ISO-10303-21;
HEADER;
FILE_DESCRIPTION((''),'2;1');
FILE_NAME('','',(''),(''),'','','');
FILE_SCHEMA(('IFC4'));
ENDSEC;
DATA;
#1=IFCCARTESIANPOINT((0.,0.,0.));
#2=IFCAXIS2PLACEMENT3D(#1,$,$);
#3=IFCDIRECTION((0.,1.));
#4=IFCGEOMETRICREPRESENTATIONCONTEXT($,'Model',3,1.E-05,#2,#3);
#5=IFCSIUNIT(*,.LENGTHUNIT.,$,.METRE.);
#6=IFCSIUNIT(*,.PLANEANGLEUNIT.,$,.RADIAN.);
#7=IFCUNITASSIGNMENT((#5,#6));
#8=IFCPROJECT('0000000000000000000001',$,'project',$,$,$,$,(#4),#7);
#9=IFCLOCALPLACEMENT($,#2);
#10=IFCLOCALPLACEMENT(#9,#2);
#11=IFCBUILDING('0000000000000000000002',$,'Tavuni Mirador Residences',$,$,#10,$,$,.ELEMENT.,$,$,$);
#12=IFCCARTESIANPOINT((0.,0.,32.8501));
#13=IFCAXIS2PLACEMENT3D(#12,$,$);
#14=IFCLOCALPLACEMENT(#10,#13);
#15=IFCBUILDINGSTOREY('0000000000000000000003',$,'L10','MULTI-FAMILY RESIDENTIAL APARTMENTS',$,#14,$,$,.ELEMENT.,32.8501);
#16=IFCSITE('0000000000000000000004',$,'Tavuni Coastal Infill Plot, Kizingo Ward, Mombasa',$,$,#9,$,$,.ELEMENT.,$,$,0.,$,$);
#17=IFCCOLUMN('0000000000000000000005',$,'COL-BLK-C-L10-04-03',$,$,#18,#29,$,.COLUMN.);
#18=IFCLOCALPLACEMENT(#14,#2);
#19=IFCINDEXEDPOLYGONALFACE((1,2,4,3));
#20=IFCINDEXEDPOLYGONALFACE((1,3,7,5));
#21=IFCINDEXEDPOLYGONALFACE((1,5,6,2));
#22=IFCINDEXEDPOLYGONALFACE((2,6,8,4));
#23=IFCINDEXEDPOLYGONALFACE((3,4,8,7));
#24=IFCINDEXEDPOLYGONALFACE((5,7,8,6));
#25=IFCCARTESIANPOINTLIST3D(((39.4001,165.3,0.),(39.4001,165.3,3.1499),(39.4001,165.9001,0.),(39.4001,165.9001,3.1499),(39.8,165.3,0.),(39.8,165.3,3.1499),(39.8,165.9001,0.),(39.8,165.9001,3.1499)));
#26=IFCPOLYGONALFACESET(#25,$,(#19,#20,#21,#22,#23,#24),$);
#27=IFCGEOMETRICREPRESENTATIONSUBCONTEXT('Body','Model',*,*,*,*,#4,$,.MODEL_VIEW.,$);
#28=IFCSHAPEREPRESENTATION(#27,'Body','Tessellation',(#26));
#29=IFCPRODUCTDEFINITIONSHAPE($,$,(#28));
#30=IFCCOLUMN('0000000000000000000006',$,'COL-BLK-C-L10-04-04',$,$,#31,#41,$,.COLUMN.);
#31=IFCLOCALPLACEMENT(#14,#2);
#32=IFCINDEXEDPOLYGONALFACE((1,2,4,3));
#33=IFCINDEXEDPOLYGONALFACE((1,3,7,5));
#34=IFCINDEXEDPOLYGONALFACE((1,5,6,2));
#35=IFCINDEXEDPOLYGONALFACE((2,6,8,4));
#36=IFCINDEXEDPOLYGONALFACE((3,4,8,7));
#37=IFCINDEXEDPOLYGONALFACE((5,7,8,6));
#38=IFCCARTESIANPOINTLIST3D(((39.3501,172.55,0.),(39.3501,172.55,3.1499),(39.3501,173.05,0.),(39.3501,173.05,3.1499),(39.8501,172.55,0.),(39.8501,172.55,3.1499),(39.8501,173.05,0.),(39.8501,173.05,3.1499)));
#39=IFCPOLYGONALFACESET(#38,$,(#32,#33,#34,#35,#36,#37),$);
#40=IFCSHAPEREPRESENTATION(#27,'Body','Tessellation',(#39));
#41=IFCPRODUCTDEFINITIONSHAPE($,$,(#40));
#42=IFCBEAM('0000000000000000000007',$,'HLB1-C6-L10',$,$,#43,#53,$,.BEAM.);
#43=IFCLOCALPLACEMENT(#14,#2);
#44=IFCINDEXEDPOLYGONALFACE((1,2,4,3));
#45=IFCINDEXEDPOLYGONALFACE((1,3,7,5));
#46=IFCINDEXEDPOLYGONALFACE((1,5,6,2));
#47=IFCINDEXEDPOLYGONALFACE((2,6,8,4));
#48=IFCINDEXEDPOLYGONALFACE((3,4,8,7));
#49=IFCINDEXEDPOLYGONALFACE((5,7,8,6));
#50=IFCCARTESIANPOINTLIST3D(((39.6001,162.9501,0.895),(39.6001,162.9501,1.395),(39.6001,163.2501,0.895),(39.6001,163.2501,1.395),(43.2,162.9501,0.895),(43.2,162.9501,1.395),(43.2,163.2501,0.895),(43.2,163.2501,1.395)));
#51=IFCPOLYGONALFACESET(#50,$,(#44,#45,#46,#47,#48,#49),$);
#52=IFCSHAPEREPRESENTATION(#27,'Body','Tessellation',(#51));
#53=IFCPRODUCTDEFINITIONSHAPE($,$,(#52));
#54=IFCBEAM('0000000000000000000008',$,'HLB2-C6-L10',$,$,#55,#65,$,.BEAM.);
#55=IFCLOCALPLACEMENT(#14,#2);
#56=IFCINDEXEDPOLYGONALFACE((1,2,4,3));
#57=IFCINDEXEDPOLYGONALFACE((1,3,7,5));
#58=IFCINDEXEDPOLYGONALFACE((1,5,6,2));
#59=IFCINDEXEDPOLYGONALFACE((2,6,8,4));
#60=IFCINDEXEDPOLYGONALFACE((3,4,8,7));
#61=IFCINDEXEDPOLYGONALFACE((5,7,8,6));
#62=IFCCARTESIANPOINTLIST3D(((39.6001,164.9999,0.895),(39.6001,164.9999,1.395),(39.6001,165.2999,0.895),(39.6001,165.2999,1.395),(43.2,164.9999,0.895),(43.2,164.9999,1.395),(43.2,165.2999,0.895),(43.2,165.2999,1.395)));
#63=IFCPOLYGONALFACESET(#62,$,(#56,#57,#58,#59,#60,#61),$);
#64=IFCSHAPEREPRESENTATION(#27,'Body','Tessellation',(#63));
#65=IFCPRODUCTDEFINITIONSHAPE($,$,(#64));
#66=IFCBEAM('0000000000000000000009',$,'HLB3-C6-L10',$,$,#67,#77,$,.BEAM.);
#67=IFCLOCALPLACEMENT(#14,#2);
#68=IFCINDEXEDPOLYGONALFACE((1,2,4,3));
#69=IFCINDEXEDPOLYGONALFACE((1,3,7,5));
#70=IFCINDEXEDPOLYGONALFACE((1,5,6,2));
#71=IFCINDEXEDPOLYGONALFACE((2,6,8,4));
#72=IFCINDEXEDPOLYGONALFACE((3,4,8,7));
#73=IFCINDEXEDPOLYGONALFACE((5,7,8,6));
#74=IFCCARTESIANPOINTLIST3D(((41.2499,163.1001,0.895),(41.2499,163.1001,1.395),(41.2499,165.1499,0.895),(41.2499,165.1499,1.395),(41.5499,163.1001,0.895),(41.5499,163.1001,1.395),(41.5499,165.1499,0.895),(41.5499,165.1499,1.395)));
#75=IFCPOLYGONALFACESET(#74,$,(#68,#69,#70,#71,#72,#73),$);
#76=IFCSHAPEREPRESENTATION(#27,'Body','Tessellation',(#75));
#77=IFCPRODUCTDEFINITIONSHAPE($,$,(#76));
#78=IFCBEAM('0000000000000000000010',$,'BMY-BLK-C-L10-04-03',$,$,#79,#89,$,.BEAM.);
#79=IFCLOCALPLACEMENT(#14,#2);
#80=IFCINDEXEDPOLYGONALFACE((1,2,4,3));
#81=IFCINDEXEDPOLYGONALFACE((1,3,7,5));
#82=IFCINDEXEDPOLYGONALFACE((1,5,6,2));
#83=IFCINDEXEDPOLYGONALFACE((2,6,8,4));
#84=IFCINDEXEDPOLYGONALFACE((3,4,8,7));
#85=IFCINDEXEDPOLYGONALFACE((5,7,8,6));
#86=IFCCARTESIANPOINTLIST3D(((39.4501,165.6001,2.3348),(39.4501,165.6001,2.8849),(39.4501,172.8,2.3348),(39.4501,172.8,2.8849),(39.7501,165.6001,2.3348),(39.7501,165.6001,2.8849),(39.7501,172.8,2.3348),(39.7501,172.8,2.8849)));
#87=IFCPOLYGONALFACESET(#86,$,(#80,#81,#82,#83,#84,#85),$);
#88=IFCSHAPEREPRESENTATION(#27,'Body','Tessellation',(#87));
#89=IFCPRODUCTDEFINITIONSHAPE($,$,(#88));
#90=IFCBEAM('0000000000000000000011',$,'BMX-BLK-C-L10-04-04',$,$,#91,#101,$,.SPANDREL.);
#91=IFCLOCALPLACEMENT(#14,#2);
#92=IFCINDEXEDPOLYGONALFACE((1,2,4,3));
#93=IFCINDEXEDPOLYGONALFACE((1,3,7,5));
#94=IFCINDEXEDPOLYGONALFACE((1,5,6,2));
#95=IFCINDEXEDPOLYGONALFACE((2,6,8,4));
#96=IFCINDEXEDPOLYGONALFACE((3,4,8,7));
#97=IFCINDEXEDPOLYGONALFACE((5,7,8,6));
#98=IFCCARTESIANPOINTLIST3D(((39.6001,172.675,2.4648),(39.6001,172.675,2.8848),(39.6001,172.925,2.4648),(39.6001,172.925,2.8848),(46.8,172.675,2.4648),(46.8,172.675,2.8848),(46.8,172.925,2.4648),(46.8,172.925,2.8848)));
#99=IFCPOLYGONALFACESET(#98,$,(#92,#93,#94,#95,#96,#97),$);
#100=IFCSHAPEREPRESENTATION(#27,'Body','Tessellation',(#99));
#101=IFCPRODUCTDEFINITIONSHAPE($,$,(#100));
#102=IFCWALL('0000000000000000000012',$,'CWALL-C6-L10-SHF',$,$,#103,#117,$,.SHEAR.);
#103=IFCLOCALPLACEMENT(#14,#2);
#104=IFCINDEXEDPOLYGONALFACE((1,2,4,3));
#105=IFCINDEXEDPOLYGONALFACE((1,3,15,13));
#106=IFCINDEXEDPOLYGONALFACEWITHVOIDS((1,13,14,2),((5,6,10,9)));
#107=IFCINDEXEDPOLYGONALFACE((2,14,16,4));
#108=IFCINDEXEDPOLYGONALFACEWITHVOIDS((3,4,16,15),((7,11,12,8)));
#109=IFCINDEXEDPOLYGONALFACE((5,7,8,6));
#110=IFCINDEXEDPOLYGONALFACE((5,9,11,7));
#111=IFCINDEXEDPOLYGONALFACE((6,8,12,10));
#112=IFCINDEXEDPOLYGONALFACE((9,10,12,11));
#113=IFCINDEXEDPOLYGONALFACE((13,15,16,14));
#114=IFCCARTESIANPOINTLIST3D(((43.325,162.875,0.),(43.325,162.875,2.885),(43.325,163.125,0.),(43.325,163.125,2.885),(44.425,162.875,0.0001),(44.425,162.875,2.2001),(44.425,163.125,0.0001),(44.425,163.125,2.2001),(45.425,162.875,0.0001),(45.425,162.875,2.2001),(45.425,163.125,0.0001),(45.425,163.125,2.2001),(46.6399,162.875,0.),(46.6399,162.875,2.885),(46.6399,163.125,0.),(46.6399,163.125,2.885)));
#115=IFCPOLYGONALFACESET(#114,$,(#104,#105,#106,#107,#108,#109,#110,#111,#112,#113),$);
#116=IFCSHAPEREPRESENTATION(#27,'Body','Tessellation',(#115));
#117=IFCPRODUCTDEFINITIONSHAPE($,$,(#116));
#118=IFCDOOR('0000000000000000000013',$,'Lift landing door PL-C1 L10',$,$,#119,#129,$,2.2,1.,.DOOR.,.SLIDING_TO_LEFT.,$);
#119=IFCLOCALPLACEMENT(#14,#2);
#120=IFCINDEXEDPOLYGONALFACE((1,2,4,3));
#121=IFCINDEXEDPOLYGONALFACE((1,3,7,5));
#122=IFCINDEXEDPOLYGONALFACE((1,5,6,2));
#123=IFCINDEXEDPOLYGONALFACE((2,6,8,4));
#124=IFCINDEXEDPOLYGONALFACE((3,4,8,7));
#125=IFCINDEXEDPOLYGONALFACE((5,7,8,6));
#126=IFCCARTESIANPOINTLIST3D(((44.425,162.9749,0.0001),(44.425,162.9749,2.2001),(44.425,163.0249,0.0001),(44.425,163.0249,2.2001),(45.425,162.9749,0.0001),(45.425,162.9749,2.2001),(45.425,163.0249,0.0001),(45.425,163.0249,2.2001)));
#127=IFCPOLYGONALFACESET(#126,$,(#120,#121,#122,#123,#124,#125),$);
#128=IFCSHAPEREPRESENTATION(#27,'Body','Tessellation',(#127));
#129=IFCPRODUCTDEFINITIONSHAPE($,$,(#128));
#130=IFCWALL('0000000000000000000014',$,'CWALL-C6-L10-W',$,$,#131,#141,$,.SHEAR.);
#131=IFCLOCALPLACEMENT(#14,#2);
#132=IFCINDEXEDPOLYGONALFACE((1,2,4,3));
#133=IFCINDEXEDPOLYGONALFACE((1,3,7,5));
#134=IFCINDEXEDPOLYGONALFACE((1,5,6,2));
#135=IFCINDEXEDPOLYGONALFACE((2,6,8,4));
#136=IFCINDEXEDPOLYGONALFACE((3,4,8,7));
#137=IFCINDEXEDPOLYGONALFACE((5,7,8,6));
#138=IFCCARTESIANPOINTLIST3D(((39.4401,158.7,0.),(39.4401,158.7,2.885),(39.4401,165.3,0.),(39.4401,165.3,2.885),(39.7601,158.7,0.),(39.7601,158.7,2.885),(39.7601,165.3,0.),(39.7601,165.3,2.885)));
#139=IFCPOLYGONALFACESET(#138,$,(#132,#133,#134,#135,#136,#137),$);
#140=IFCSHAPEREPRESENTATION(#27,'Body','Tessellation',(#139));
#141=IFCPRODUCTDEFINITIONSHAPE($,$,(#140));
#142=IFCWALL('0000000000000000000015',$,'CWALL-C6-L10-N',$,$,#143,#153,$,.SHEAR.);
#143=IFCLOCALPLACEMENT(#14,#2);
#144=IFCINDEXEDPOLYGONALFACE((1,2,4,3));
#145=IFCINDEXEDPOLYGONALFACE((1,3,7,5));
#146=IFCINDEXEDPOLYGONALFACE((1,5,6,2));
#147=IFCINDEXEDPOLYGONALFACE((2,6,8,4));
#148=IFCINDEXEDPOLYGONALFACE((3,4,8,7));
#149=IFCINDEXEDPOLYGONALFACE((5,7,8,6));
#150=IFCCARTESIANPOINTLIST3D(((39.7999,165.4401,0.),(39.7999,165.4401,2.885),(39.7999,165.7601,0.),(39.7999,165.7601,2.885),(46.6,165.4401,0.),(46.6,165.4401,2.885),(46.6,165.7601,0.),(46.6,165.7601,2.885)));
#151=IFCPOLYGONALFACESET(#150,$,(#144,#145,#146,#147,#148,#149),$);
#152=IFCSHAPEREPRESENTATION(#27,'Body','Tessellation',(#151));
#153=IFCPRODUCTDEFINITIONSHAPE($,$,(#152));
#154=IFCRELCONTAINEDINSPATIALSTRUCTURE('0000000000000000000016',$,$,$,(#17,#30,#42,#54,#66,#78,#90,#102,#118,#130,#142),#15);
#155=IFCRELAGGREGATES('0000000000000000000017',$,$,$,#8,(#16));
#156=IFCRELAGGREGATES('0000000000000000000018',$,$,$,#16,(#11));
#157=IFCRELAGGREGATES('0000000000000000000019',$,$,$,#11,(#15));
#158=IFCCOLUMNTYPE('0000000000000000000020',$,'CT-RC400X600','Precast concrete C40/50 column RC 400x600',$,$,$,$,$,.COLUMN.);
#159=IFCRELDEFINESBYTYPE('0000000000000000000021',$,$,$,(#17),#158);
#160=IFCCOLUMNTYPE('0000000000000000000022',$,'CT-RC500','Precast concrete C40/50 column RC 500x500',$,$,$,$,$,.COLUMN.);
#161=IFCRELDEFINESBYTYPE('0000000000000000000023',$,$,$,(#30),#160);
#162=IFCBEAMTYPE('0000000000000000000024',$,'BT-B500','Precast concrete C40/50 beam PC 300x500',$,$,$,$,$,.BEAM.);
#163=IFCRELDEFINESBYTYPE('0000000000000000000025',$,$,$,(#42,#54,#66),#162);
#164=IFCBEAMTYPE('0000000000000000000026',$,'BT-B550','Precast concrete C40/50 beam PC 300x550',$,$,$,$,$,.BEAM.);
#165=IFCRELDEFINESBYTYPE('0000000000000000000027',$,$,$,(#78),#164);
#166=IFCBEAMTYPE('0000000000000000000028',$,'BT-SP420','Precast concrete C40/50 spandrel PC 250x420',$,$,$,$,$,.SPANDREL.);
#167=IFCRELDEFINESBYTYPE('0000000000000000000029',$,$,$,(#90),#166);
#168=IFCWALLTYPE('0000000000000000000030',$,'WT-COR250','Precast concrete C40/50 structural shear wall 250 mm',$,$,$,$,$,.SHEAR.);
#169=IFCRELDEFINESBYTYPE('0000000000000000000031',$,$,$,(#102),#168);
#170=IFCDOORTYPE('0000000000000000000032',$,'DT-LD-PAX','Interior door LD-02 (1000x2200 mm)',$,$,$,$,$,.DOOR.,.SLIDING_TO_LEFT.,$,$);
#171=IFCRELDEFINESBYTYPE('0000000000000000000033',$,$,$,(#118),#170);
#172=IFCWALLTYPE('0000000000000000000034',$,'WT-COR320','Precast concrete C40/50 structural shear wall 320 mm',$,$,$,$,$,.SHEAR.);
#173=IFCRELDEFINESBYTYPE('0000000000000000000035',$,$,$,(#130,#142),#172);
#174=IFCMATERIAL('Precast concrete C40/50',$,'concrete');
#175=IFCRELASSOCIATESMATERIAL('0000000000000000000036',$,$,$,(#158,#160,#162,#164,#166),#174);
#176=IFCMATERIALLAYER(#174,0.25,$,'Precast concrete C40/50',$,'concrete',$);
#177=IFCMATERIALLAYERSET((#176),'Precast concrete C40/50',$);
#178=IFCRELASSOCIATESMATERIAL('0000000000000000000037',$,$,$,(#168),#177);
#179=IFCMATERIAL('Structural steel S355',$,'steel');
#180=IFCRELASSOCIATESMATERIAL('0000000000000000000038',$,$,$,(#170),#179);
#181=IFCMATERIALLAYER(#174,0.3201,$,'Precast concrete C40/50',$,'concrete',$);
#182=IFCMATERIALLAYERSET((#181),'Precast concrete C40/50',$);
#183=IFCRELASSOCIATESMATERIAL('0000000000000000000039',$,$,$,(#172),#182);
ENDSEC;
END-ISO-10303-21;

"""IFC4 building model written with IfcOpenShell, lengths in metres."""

from ifc_helpers import new_model, si_unit, direction, frame, frame_2d, origin, origin_2d, place, context, subcontext, project, spatial, rectangle, extrude, material, layer, layer_set, material_profile, profile_set, type_object, element, fill, save


model = new_model("IFC4")

# Units and contexts
model_context = context("Model", 3, precision=1e-05, world=origin(), true_north=direction((0.0, 1.0)))
body_context = subcontext(model_context, "Body", "Model", "MODEL_VIEW")
ifc_project = project(units=[si_unit("LENGTHUNIT", "METRE"), si_unit("PLANEANGLEUNIT", "RADIAN")], contexts=[model_context])

# Site, building, storey
site_placement = place(None, origin())
site = spatial("IfcSite", under=ifc_project, at=site_placement, Name="Tavuni Coastal Infill Plot, Kizingo Ward, Mombasa", CompositionType="ELEMENT", RefElevation=0.0)
building_placement = place(site_placement, origin())
building = spatial("IfcBuilding", under=site, at=building_placement, Name="Tavuni Mirador Residences", CompositionType="ELEMENT")
storey_placement = place(building_placement, frame((0.0, 0.0, 32.8501)))
storey = spatial("IfcBuildingStorey", under=building, at=storey_placement, Name="L10", Description="MULTI-FAMILY RESIDENTIAL APARTMENTS", CompositionType="ELEMENT", Elevation=32.8501)

# Columns
ifc_material_1 = material(Name="Precast concrete C40/50", Category="concrete")
ifc_material_profile_1 = material_profile(ifc_material_1, rectangle(XDim=0.3999, YDim=0.6001, at=origin_2d()), Name="RC 400x600", Category="concrete")
ifc_profile_set_1 = profile_set([ifc_material_profile_1], Name="Precast concrete C40/50")
column_type_1 = type_object("IfcColumnType", Name="CT-RC400X600", Description="Precast concrete C40/50 column RC 400x600", PredefinedType="COLUMN", material=ifc_profile_set_1)
column_1_placement = place(storey_placement, frame((39.6001, 165.6001, 0.0), z_axis=(0.0, 0.0, 1.0), x_axis=(1.0, 0.0, 0.0)))
element("IfcColumn", 1, at=column_1_placement, inside=storey, type_object=column_type_1, Name="COL-BLK-C-L10-04-03", PredefinedType="COLUMN", context=body_context, shape_type="SweptSolid", body=[
    extrude(rectangle(XDim=0.3999, YDim=0.6001, at=origin_2d()), origin(), (0.0, 0.0, 1.0), 3.1499),
])
ifc_material_profile_2 = material_profile(ifc_material_1, rectangle(XDim=0.5, YDim=0.5, at=origin_2d()), Name="RC 500x500", Category="concrete")
ifc_profile_set_2 = profile_set([ifc_material_profile_2], Name="Precast concrete C40/50")
column_type_2 = type_object("IfcColumnType", Name="CT-RC500", Description="Precast concrete C40/50 column RC 500x500", PredefinedType="COLUMN", material=ifc_profile_set_2)
column_2_placement = place(storey_placement, frame((39.6001, 172.8, 0.0), z_axis=(0.0, 0.0, 1.0), x_axis=(1.0, 0.0, 0.0)))
element("IfcColumn", 2, at=column_2_placement, inside=storey, type_object=column_type_2, Name="COL-BLK-C-L10-04-04", PredefinedType="COLUMN", context=body_context, shape_type="SweptSolid", body=[
    extrude(rectangle(XDim=0.5, YDim=0.5, at=origin_2d()), origin(), (0.0, 0.0, 1.0), 3.1499),
])

# Beams
ifc_material_profile_3 = material_profile(ifc_material_1, rectangle(XDim=0.3, YDim=0.5, at=origin_2d()), Name="PC 300x500", Category="concrete")
ifc_profile_set_3 = profile_set([ifc_material_profile_3], Name="Precast concrete C40/50")
beam_type_1 = type_object("IfcBeamType", Name="BT-B500", Description="Precast concrete C40/50 beam PC 300x500", PredefinedType="BEAM", material=ifc_profile_set_3)
for number, where, z_axis, x_axis, name in (
    (3, (39.6001, 163.1001, 1.145), (1.0, 0.0, 0.0), (0.0, 1.0, 0.0), "HLB1-C6-L10"),
    (4, (39.6001, 165.1499, 1.145), (1.0, 0.0, 0.0), (0.0, 1.0, 0.0), "HLB2-C6-L10"),
):
    element("IfcBeam", number, at=place(storey_placement, frame(where, z_axis=z_axis, x_axis=x_axis)), inside=storey, type_object=beam_type_1, Name=name, PredefinedType="BEAM", context=body_context, shape_type="SweptSolid", body=[
        extrude(rectangle(XDim=0.3, YDim=0.5, at=origin_2d()), origin(), (0.0, 0.0, 1.0), 3.5999),
    ])
beam_1_placement = place(storey_placement, frame((41.3999, 163.1001, 1.145), z_axis=(0.0, 1.0, 0.0), x_axis=(-1.0, 0.0, 0.0)))
element("IfcBeam", 5, at=beam_1_placement, inside=storey, type_object=beam_type_1, Name="HLB3-C6-L10", PredefinedType="BEAM", context=body_context, shape_type="SweptSolid", body=[
    extrude(rectangle(XDim=0.3, YDim=0.5, at=origin_2d()), origin(), (0.0, 0.0, 1.0), 2.0498),
])
ifc_material_profile_4 = material_profile(ifc_material_1, rectangle(XDim=0.3, YDim=0.55, at=origin_2d()), Name="PC 300x550", Category="concrete")
ifc_profile_set_4 = profile_set([ifc_material_profile_4], Name="Precast concrete C40/50")
beam_type_2 = type_object("IfcBeamType", Name="BT-B550", Description="Precast concrete C40/50 beam PC 300x550", PredefinedType="BEAM", material=ifc_profile_set_4)
beam_2_placement = place(storey_placement, frame((39.6001, 165.6001, 2.6099), z_axis=(0.0, 1.0, 0.0), x_axis=(-1.0, 0.0, 0.0)))
element("IfcBeam", 6, at=beam_2_placement, inside=storey, type_object=beam_type_2, Name="BMY-BLK-C-L10-04-03", PredefinedType="BEAM", context=body_context, shape_type="SweptSolid", body=[
    extrude(rectangle(XDim=0.3, YDim=0.55, at=origin_2d()), origin(), (0.0, 0.0, 1.0), 7.2),
])
ifc_material_profile_5 = material_profile(ifc_material_1, rectangle(XDim=0.25, YDim=0.4199, at=origin_2d()), Name="PC 250x420", Category="concrete")
ifc_profile_set_5 = profile_set([ifc_material_profile_5], Name="Precast concrete C40/50")
beam_type_3 = type_object("IfcBeamType", Name="BT-SP420", Description="Precast concrete C40/50 spandrel PC 250x420", PredefinedType="SPANDREL", material=ifc_profile_set_5)
beam_3_placement = place(storey_placement, frame((39.6001, 172.8, 2.6748), z_axis=(1.0, 0.0, 0.0), x_axis=(0.0, 1.0, 0.0)))
element("IfcBeam", 7, at=beam_3_placement, inside=storey, type_object=beam_type_3, Name="BMX-BLK-C-L10-04-04", PredefinedType="SPANDREL", context=body_context, shape_type="SweptSolid", body=[
    extrude(rectangle(XDim=0.25, YDim=0.4199, at=origin_2d()), origin(), (0.0, 0.0, 1.0), 7.2),
])

# Wall, opening, door
ifc_layer_1 = layer(ifc_material_1, 0.25, Name="Precast concrete C40/50", Category="concrete")
ifc_layer_set_1 = layer_set([ifc_layer_1], Name="Precast concrete C40/50")
wall_type_1 = type_object("IfcWallType", Name="WT-COR250", Description="Precast concrete C40/50 structural shear wall 250 mm", PredefinedType="SHEAR", material=ifc_layer_set_1)
wall_1_placement = place(storey_placement, frame((43.325, 163.0, 0.0), z_axis=(0.0, 0.0, 1.0), x_axis=(1.0, 0.0, 0.0)))
wall_1 = element("IfcWall", 8, at=wall_1_placement, inside=storey, type_object=wall_type_1, Name="CWALL-C6-L10-SHF", PredefinedType="SHEAR", context=body_context, shape_type="SweptSolid", body=[
    extrude(rectangle(XDim=3.3149, YDim=0.25, at=frame_2d((1.6575, 0.0))), origin(), (0.0, 0.0, 1.0), 2.885),
])
opening_1_placement = place(wall_1_placement, frame((1.1001, 0.0, 0.0)))
opening_1 = element("IfcOpeningElement", 9, at=opening_1_placement, cuts=wall_1, PredefinedType="OPENING", context=body_context, shape_type="SweptSolid", body=[
    extrude(rectangle(XDim=1.0, YDim=2.2, at=frame_2d((0.5, 1.1001))), frame((0.0, 0.135, 0.0), z_axis=(0.0, -1.0, 0.0), x_axis=(1.0, 0.0, 0.0)), (0.0, 0.0, 1.0), 0.27),
])
ifc_material_2 = material(Name="Structural steel S355", Category="steel")
door_type_1 = type_object("IfcDoorType", Name="DT-LD-PAX", Description="Interior door LD-02 (1000x2200 mm)", OperationType="SLIDING_TO_LEFT", PredefinedType="DOOR", material=ifc_material_2)
door_1_placement = place(opening_1_placement, origin())
door_1 = element("IfcDoor", 10, at=door_1_placement, inside=storey, type_object=door_type_1, Name="Lift landing door PL-C1 L10", OperationType="SLIDING_TO_LEFT", OverallHeight=2.2, OverallWidth=1.0, PredefinedType="DOOR", context=body_context, shape_type="SweptSolid", body=[
    extrude(rectangle(XDim=1.0, YDim=2.2, at=frame_2d((0.5, 1.1001))), frame((0.0, 0.0249, 0.0), z_axis=(0.0, -1.0, 0.0), x_axis=(1.0, 0.0, 0.0)), (0.0, 0.0, 1.0), 0.05),
])
fill(opening_1, door_1)

# Walls
ifc_layer_2 = layer(ifc_material_1, 0.3201, Name="Precast concrete C40/50", Category="concrete")
ifc_layer_set_2 = layer_set([ifc_layer_2], Name="Precast concrete C40/50")
wall_type_2 = type_object("IfcWallType", Name="WT-COR320", Description="Precast concrete C40/50 structural shear wall 320 mm", PredefinedType="SHEAR", material=ifc_layer_set_2)
wall_2_placement = place(storey_placement, frame((39.6001, 158.7, 0.0), z_axis=(0.0, 0.0, 1.0), x_axis=(0.0, 1.0, 0.0)))
element("IfcWall", 11, at=wall_2_placement, inside=storey, type_object=wall_type_2, Name="CWALL-C6-L10-W", PredefinedType="SHEAR", context=body_context, shape_type="SweptSolid", body=[
    extrude(rectangle(XDim=6.6001, YDim=0.3201, at=frame_2d((3.3, 0.0))), origin(), (0.0, 0.0, 1.0), 2.885),
])
wall_3_placement = place(storey_placement, frame((39.8, 165.6001, 0.0), z_axis=(0.0, 0.0, 1.0), x_axis=(1.0, 0.0, 0.0)))
element("IfcWall", 12, at=wall_3_placement, inside=storey, type_object=wall_type_2, Name="CWALL-C6-L10-N", PredefinedType="SHEAR", context=body_context, shape_type="SweptSolid", body=[
    extrude(rectangle(XDim=6.8, YDim=0.3201, at=frame_2d((3.3999, 0.0))), origin(), (0.0, 0.0, 1.0), 2.885),
])

save(model, "model.ifc")
